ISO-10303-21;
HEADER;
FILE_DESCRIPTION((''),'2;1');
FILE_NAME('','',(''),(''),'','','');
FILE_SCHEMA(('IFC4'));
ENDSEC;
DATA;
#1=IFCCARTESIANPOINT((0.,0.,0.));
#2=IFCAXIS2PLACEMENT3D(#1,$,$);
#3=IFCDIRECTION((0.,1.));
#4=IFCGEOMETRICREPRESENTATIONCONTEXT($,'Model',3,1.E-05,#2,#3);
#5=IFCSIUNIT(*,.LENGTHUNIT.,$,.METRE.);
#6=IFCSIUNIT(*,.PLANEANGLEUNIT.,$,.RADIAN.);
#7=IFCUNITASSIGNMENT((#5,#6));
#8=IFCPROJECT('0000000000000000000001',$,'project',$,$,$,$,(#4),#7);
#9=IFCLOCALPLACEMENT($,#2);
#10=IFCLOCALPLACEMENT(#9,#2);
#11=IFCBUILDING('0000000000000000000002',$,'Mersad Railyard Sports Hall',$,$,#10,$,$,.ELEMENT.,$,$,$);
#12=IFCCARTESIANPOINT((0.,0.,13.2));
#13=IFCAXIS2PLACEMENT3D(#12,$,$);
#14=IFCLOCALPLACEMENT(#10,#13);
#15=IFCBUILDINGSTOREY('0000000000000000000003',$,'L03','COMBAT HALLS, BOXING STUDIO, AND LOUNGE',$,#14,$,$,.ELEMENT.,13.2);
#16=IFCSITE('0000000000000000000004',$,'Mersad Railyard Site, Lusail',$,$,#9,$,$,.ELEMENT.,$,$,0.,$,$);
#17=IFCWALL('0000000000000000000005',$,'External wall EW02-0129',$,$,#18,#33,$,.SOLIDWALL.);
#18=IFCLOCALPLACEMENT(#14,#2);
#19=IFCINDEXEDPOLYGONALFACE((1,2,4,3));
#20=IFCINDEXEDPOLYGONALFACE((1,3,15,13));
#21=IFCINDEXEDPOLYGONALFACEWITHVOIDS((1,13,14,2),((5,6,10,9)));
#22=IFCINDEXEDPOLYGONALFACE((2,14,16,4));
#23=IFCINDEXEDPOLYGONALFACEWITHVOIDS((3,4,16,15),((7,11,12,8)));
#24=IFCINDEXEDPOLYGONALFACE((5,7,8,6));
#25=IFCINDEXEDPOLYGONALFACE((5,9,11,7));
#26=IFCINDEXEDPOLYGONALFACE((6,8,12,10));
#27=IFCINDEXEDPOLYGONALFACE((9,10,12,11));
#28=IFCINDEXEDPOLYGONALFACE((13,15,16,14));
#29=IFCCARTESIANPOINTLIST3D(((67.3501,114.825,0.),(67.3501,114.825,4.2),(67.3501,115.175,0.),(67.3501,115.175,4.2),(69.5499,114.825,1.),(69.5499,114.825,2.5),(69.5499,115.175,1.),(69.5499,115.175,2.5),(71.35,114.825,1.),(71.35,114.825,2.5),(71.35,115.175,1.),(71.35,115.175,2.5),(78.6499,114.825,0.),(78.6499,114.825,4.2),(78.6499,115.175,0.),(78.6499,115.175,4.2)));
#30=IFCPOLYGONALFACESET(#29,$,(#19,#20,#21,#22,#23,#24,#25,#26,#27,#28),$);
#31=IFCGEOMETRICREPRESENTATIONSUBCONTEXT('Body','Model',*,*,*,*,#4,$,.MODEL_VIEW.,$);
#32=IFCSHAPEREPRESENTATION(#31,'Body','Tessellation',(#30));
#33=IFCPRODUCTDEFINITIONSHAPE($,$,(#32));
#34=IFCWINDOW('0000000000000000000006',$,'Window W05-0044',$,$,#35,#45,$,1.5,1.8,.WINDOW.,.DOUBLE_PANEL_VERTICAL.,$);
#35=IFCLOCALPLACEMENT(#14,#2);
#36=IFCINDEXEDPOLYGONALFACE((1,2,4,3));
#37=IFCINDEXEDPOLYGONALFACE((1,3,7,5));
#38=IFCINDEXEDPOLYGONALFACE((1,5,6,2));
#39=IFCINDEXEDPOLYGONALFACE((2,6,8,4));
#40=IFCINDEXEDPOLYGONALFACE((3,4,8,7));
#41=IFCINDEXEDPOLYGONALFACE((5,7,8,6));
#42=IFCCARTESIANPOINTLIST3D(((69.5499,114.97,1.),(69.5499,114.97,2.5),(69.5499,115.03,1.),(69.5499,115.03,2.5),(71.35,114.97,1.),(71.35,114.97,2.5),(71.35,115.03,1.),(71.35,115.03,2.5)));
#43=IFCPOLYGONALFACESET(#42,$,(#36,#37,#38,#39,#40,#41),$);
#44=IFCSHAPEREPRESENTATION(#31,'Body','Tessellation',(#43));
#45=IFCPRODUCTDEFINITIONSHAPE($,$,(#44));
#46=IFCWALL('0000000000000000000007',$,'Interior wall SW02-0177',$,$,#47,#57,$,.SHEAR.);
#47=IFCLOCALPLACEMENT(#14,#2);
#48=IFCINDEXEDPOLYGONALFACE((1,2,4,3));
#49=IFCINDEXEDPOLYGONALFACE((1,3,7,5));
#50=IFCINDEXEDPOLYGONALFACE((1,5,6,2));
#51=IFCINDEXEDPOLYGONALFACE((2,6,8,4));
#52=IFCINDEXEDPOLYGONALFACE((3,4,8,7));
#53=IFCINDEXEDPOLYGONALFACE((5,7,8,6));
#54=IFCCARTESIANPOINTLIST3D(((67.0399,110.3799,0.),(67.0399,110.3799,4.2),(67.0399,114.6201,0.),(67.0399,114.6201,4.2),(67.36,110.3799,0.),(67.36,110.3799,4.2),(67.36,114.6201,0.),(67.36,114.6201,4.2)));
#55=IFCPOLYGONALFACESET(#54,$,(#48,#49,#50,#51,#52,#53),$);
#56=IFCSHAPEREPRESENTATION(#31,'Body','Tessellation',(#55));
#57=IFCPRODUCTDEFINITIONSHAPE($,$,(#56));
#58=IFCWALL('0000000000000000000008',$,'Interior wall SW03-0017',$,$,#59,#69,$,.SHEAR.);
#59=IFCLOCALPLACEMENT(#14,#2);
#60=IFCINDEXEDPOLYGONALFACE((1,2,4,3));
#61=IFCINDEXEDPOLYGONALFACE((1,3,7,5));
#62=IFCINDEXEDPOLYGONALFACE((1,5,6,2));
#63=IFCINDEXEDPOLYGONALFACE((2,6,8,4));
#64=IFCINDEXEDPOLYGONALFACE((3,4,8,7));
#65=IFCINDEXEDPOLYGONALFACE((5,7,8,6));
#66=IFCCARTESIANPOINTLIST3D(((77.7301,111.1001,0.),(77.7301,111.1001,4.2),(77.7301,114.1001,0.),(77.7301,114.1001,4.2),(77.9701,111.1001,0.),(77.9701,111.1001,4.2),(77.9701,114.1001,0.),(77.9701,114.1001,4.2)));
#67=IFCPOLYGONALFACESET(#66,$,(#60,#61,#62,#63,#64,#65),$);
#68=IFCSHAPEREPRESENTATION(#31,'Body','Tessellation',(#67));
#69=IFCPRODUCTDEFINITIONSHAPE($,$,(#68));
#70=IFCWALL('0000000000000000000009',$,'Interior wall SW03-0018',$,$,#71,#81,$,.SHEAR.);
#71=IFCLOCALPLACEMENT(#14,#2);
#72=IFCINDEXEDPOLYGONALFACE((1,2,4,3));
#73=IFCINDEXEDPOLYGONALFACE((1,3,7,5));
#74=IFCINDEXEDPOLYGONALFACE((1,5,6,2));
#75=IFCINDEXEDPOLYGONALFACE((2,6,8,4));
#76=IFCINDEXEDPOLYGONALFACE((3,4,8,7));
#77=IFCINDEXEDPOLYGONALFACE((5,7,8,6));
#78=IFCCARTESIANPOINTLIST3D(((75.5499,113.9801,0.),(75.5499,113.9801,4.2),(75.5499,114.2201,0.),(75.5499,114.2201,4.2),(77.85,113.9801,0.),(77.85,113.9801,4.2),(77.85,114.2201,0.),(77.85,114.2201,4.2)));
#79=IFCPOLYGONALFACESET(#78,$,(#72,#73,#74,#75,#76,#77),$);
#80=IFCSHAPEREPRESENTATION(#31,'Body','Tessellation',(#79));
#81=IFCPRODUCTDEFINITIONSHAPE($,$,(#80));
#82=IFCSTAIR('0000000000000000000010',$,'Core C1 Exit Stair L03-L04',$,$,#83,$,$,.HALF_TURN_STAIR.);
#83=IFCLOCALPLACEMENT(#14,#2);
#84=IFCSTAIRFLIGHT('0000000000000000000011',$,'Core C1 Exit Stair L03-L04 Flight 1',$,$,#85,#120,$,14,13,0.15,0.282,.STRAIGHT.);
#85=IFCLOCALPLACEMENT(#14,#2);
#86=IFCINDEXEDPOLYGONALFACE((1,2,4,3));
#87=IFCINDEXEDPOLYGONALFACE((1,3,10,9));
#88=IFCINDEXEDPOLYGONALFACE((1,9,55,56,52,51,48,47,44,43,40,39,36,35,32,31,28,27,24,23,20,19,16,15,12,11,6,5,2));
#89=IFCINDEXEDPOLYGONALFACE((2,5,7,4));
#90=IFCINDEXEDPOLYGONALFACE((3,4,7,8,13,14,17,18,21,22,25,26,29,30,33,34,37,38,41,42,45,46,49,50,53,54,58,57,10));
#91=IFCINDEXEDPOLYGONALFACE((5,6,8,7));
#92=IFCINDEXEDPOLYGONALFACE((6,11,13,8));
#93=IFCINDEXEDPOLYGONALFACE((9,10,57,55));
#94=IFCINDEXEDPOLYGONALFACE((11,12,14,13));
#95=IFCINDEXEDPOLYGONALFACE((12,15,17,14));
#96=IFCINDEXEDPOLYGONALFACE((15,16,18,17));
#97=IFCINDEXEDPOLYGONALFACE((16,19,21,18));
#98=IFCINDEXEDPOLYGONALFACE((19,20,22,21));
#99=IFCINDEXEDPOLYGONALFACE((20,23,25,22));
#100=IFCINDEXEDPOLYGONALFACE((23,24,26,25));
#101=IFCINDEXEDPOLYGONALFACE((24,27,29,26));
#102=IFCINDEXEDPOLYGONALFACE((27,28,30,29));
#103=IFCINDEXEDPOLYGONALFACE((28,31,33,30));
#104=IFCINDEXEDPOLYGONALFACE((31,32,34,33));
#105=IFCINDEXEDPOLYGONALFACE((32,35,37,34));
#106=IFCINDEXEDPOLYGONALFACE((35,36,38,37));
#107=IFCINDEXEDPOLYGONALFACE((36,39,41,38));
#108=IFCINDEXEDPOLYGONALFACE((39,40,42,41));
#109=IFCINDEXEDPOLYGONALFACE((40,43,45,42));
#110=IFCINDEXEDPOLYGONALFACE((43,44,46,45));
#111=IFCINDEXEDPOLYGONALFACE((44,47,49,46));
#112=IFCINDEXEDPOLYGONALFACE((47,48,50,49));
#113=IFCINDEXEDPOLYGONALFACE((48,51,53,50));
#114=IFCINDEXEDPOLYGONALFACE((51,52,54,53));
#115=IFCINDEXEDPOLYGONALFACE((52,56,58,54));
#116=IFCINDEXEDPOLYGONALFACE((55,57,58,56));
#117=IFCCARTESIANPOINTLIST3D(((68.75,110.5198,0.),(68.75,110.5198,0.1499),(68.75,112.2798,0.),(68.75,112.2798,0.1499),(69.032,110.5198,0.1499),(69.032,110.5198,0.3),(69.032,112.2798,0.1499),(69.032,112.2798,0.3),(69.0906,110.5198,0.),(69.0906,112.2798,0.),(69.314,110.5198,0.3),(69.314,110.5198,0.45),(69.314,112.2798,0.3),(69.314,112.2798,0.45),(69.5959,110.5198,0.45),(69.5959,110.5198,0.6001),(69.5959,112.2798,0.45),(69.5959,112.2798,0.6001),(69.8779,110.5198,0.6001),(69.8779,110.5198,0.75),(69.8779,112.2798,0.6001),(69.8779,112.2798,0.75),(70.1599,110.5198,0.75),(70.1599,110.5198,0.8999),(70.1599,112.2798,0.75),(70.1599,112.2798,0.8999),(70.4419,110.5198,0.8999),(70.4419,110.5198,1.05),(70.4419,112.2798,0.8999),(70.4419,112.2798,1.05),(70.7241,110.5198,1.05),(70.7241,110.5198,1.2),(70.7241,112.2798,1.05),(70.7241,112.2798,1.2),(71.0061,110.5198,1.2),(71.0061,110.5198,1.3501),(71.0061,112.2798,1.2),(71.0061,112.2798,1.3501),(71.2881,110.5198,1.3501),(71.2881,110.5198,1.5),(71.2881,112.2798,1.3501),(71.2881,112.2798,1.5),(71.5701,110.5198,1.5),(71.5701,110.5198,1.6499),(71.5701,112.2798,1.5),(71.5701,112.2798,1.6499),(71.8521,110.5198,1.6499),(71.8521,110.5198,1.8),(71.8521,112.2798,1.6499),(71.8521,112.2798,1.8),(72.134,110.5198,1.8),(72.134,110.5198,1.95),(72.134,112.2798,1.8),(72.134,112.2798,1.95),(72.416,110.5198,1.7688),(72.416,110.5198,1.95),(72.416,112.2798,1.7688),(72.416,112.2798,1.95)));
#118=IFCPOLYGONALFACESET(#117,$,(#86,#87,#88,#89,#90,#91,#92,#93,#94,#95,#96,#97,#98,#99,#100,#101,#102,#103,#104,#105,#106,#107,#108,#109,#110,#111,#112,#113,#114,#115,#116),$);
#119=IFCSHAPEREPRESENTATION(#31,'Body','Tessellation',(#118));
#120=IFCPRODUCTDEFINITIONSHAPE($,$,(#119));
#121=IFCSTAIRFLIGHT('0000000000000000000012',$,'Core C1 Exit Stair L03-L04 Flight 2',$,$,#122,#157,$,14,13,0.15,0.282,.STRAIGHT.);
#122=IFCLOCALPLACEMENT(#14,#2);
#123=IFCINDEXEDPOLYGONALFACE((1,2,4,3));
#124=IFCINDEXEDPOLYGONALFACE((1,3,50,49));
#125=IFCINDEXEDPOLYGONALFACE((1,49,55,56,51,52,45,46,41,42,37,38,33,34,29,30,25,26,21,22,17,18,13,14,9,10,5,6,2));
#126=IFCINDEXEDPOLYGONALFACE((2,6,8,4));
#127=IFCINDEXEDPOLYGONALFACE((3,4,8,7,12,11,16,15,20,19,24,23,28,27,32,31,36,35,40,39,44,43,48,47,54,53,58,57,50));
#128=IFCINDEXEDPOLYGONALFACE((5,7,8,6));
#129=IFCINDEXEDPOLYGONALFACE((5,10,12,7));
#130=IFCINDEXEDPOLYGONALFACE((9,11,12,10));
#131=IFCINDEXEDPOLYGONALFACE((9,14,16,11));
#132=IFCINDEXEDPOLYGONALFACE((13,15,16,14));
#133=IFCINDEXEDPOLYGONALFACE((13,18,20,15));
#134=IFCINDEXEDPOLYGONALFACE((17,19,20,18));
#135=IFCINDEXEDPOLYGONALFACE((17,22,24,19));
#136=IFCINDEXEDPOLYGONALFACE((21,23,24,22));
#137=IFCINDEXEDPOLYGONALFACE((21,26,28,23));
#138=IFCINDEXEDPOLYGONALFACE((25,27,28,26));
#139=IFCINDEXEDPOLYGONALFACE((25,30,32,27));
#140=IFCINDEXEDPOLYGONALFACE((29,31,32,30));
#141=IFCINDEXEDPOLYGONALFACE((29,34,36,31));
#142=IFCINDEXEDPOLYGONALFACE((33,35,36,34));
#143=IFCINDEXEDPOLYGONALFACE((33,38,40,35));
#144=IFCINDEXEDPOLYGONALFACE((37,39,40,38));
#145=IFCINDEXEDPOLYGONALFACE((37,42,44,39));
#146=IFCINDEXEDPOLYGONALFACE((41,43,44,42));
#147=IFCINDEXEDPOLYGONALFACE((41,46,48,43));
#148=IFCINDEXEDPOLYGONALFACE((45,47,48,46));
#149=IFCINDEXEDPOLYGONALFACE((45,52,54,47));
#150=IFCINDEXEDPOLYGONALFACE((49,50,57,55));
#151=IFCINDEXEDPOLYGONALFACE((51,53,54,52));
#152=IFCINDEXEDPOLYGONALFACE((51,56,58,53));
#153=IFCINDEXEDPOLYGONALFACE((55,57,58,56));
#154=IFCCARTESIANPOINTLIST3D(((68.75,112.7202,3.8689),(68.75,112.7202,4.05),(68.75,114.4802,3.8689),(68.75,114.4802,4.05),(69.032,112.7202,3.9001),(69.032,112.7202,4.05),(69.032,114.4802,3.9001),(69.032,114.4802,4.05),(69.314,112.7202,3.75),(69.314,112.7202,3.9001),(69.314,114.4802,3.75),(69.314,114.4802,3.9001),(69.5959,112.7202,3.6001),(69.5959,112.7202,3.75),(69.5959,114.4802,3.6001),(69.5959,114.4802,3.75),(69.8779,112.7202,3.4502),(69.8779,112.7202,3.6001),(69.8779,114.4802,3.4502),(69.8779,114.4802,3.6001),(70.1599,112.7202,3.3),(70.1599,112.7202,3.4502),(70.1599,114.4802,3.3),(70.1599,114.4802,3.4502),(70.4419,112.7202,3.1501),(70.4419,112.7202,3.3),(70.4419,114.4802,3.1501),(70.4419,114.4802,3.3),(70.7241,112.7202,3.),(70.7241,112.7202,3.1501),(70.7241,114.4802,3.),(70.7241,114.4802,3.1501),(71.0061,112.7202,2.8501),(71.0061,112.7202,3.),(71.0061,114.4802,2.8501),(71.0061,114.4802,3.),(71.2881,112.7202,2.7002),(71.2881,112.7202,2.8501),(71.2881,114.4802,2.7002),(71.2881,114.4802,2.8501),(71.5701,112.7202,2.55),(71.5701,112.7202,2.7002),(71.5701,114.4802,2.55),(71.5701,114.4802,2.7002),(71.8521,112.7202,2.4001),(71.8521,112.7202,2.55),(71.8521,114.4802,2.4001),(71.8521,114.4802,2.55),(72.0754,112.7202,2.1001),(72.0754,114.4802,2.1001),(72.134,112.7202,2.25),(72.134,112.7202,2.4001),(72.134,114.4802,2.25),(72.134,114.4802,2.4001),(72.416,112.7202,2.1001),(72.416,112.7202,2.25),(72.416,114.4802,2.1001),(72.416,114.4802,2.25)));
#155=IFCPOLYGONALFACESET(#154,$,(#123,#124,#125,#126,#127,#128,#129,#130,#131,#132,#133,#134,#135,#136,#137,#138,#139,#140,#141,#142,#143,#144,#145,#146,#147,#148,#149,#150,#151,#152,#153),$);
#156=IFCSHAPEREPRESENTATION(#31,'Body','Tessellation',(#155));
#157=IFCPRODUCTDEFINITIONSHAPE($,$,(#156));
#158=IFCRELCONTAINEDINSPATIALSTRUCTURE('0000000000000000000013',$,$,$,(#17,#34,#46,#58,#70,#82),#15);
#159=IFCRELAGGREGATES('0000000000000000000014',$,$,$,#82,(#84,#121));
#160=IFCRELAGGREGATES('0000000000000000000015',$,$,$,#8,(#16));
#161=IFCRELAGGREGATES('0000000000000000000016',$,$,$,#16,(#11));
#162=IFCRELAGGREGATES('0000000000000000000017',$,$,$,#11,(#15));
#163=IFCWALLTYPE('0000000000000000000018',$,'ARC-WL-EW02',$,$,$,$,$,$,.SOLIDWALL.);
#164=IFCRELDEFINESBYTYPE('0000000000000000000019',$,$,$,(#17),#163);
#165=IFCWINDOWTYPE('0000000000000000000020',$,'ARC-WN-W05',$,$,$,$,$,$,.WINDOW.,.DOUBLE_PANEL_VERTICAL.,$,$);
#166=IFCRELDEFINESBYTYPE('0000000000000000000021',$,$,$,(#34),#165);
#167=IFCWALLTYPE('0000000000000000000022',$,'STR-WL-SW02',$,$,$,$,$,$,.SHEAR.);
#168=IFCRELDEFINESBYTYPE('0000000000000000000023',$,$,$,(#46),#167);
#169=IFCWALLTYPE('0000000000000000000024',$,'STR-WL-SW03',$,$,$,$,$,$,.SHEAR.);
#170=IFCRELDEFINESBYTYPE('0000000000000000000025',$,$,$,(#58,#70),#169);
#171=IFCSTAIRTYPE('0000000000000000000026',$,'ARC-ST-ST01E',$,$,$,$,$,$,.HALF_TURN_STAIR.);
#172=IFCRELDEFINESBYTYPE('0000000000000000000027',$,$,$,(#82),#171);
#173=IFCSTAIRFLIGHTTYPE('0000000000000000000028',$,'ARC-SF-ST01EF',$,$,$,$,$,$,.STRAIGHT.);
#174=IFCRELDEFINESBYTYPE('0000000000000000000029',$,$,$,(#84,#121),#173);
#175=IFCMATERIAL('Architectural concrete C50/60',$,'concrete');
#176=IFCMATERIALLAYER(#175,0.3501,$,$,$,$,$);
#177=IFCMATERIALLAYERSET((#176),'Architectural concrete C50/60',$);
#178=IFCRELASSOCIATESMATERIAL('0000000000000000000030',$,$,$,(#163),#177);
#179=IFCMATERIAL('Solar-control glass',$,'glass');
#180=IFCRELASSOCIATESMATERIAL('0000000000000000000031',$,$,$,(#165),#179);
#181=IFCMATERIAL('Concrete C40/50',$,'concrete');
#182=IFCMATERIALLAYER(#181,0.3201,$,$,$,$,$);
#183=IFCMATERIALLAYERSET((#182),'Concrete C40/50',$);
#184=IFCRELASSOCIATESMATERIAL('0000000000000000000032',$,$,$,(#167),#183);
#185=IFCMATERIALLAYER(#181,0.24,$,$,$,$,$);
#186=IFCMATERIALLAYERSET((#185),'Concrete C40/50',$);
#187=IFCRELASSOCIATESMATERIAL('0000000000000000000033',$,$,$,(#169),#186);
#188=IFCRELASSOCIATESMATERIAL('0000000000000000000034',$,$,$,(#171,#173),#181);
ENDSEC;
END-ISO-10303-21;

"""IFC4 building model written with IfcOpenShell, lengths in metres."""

from ifc_helpers import new_model, si_unit, direction, frame, frame_2d, origin, place, context, subcontext, project, spatial, polyline, rectangle, outline, extrude, material, layer, layer_set, type_object, element, fill, aggregate, save


model = new_model("IFC4")

# Units and contexts
model_context = context("Model", 3, precision=1e-05, world=origin(), true_north=direction((0.0, 1.0)))
body_context = subcontext(model_context, "Body", "Model", "MODEL_VIEW")
ifc_project = project(units=[si_unit("LENGTHUNIT", "METRE"), si_unit("PLANEANGLEUNIT", "RADIAN")], contexts=[model_context])

# Site, building, storey
site_placement = place(None, origin())
site = spatial("IfcSite", under=ifc_project, at=site_placement, Name="Mersad Railyard Site, Lusail", CompositionType="ELEMENT", RefElevation=0.0)
building_placement = place(site_placement, origin())
building = spatial("IfcBuilding", under=site, at=building_placement, Name="Mersad Railyard Sports Hall", CompositionType="ELEMENT")
storey_placement = place(building_placement, frame((0.0, 0.0, 13.2)))
storey = spatial("IfcBuildingStorey", under=building, at=storey_placement, Name="L03", Description="COMBAT HALLS, BOXING STUDIO, AND LOUNGE", CompositionType="ELEMENT", Elevation=13.2)

# Shared definitions
ifc_material_1 = material(Name="Solar-control glass", Category="glass")

# Wall, opening, window
ifc_material_2 = material(Name="Architectural concrete C50/60", Category="concrete")
ifc_layer_1 = layer(ifc_material_2, 0.3501)
ifc_layer_set_1 = layer_set([ifc_layer_1], Name="Architectural concrete C50/60")
wall_type_1 = type_object("IfcWallType", Name="ARC-WL-EW02", PredefinedType="SOLIDWALL", material=ifc_layer_set_1)
wall_1_placement = place(storey_placement, frame((67.3501, 115.0, 0.0), z_axis=(0.0, 0.0, 1.0), x_axis=(1.0, 0.0, 0.0)))
wall_1 = element("IfcWall", 1, at=wall_1_placement, inside=storey, type_object=wall_type_1, Name="External wall EW02-0129", PredefinedType="SOLIDWALL", context=body_context, shape_type="SweptSolid", body=[
    extrude(rectangle(XDim=11.2998, YDim=0.3501, at=frame_2d((5.6499, 0.0))), origin(), (0.0, 0.0, 1.0), 4.2),
])
opening_1_placement = place(wall_1_placement, frame((2.2, 0.0, 1.0)))
opening_1 = element("IfcOpeningElement", 2, at=opening_1_placement, cuts=wall_1, PredefinedType="OPENING", context=body_context, shape_type="SweptSolid", body=[
    extrude(rectangle(XDim=1.8, YDim=1.5, at=frame_2d((0.8999, 0.75))), frame((0.0, 0.1851, 0.0), z_axis=(0.0, -1.0, 0.0), x_axis=(1.0, 0.0, 0.0)), (0.0, 0.0, 1.0), 0.3701),
])
window_type = type_object("IfcWindowType", Name="ARC-WN-W05", PartitioningType="DOUBLE_PANEL_VERTICAL", PredefinedType="WINDOW", material=ifc_material_1)
window_placement = place(opening_1_placement, origin())
window = element("IfcWindow", 3, at=window_placement, inside=storey, type_object=window_type, Name="Window W05-0044", OverallHeight=1.5, OverallWidth=1.8, PartitioningType="DOUBLE_PANEL_VERTICAL", PredefinedType="WINDOW", context=body_context, shape_type="SweptSolid", body=[
    extrude(rectangle(XDim=1.8, YDim=1.5, at=frame_2d((0.8999, 0.75))), frame((0.0, 0.03, 0.0), z_axis=(0.0, -1.0, 0.0), x_axis=(1.0, 0.0, 0.0)), (0.0, 0.0, 1.0), 0.0601),
])
fill(opening_1, window)

# Walls
ifc_material_3 = material(Name="Concrete C40/50", Category="concrete")
ifc_layer_2 = layer(ifc_material_3, 0.3201)
ifc_layer_set_2 = layer_set([ifc_layer_2], Name="Concrete C40/50")
wall_type_2 = type_object("IfcWallType", Name="STR-WL-SW02", PredefinedType="SHEAR", material=ifc_layer_set_2)
wall_2_placement = place(storey_placement, frame((67.2, 114.6201, 0.0), z_axis=(0.0, 0.0, 1.0), x_axis=(0.0, -1.0, 0.0)))
element("IfcWall", 4, at=wall_2_placement, inside=storey, type_object=wall_type_2, Name="Interior wall SW02-0177", PredefinedType="SHEAR", context=body_context, shape_type="SweptSolid", body=[
    extrude(rectangle(XDim=4.2402, YDim=0.3201, at=frame_2d((2.1201, 0.0))), origin(), (0.0, 0.0, 1.0), 4.2),
])
ifc_layer_3 = layer(ifc_material_3, 0.24)
ifc_layer_set_3 = layer_set([ifc_layer_3], Name="Concrete C40/50")
wall_type_3 = type_object("IfcWallType", Name="STR-WL-SW03", PredefinedType="SHEAR", material=ifc_layer_set_3)
wall_3_placement = place(storey_placement, frame((77.8501, 114.1001, 0.0), z_axis=(0.0, 0.0, 1.0), x_axis=(0.0, -1.0, 0.0)))
element("IfcWall", 5, at=wall_3_placement, inside=storey, type_object=wall_type_3, Name="Interior wall SW03-0017", PredefinedType="SHEAR", context=body_context, shape_type="SweptSolid", body=[
    extrude(rectangle(XDim=3.0, YDim=0.24, at=frame_2d((1.5, 0.0))), origin(), (0.0, 0.0, 1.0), 4.2),
])
wall_4_placement = place(storey_placement, frame((75.55, 114.1001, 0.0), z_axis=(0.0, 0.0, 1.0), x_axis=(1.0, 0.0, 0.0)))
element("IfcWall", 6, at=wall_4_placement, inside=storey, type_object=wall_type_3, Name="Interior wall SW03-0018", PredefinedType="SHEAR", context=body_context, shape_type="SweptSolid", body=[
    extrude(rectangle(XDim=2.3, YDim=0.24, at=frame_2d((1.1499, 0.0))), origin(), (0.0, 0.0, 1.0), 4.2),
])

# Stair, stair flights
stair_type = type_object("IfcStairType", Name="ARC-ST-ST01E", PredefinedType="HALF_TURN_STAIR", material=ifc_material_3)
stair_placement = place(storey_placement, origin())
stair = element("IfcStair", 7, at=stair_placement, inside=storey, type_object=stair_type, Name="Core C1 Exit Stair L03-L04", PredefinedType="HALF_TURN_STAIR")
stair_flight_type = type_object("IfcStairFlightType", Name="ARC-SF-ST01EF", PredefinedType="STRAIGHT", material=ifc_material_3)
stair_flight_1_placement = place(storey_placement, frame((68.75, 111.3999, 0.0), z_axis=(0.0, 0.0, 1.0), x_axis=(1.0, 0.0, 0.0)))
stair_flight_1 = element("IfcStairFlight", 8, at=stair_flight_1_placement, type_object=stair_flight_type, Name="Core C1 Exit Stair L03-L04 Flight 1", NumberOfRisers=14, NumberOfTreads=13, PredefinedType="STRAIGHT", RiserHeight=0.15, TreadLength=0.282, context=body_context, shape_type="SweptSolid", body=[
    extrude(outline(polyline([(0.0, 0.0), (0.0, 0.1499), (0.282, 0.1499), (0.282, 0.3), (0.564, 0.3), (0.564, 0.45), (0.8459, 0.45), (0.8459, 0.6001), (1.1279, 0.6001), (1.1279, 0.75), (1.4099, 0.75), (1.4099, 0.8999), (1.6919, 0.8999), (1.6919, 1.05), (1.9741, 1.05), (1.9741, 1.2), (2.2561, 1.2), (2.2561, 1.3501), (2.5381, 1.3501), (2.5381, 1.5), (2.8201, 1.5), (2.8201, 1.6499), (3.1021, 1.6499), (3.1021, 1.8), (3.384, 1.8), (3.384, 1.95), (3.666, 1.95), (3.666, 2.1001), (3.666, 1.7688), (0.3406, 0.0), (0.0, 0.0)])), frame((0.0, 0.8799, 0.0), z_axis=(0.0, -1.0, 0.0), x_axis=(1.0, 0.0, 0.0)), (0.0, 0.0, 1.0), 1.76),
])
stair_flight_2_placement = place(storey_placement, frame((72.416, 113.6001, 2.1001), z_axis=(0.0, 0.0, 1.0), x_axis=(-1.0, 0.0, 0.0)))
stair_flight_2 = element("IfcStairFlight", 9, at=stair_flight_2_placement, type_object=stair_flight_type, Name="Core C1 Exit Stair L03-L04 Flight 2", NumberOfRisers=14, NumberOfTreads=13, PredefinedType="STRAIGHT", RiserHeight=0.15, TreadLength=0.282, context=body_context, shape_type="SweptSolid", body=[
    extrude(outline(polyline([(0.0, 0.0), (0.0, 0.1499), (0.282, 0.1499), (0.282, 0.3), (0.564, 0.3), (0.564, 0.45), (0.8459, 0.45), (0.8459, 0.6001), (1.1279, 0.6001), (1.1279, 0.75), (1.4099, 0.75), (1.4099, 0.8999), (1.6919, 0.8999), (1.6919, 1.05), (1.9741, 1.05), (1.9741, 1.2), (2.2561, 1.2), (2.2561, 1.3501), (2.5381, 1.3501), (2.5381, 1.5), (2.8201, 1.5), (2.8201, 1.6499), (3.1021, 1.6499), (3.1021, 1.8), (3.384, 1.8), (3.384, 1.95), (3.666, 1.95), (3.666, 2.1001), (3.666, 1.7688), (0.3406, 0.0), (0.0, 0.0)])), frame((0.0, 0.8799, 0.0), z_axis=(0.0, -1.0, 0.0), x_axis=(1.0, 0.0, 0.0)), (0.0, 0.0, 1.0), 1.76),
])
aggregate(stair, [stair_flight_1, stair_flight_2])

save(model, "model.ifc")
